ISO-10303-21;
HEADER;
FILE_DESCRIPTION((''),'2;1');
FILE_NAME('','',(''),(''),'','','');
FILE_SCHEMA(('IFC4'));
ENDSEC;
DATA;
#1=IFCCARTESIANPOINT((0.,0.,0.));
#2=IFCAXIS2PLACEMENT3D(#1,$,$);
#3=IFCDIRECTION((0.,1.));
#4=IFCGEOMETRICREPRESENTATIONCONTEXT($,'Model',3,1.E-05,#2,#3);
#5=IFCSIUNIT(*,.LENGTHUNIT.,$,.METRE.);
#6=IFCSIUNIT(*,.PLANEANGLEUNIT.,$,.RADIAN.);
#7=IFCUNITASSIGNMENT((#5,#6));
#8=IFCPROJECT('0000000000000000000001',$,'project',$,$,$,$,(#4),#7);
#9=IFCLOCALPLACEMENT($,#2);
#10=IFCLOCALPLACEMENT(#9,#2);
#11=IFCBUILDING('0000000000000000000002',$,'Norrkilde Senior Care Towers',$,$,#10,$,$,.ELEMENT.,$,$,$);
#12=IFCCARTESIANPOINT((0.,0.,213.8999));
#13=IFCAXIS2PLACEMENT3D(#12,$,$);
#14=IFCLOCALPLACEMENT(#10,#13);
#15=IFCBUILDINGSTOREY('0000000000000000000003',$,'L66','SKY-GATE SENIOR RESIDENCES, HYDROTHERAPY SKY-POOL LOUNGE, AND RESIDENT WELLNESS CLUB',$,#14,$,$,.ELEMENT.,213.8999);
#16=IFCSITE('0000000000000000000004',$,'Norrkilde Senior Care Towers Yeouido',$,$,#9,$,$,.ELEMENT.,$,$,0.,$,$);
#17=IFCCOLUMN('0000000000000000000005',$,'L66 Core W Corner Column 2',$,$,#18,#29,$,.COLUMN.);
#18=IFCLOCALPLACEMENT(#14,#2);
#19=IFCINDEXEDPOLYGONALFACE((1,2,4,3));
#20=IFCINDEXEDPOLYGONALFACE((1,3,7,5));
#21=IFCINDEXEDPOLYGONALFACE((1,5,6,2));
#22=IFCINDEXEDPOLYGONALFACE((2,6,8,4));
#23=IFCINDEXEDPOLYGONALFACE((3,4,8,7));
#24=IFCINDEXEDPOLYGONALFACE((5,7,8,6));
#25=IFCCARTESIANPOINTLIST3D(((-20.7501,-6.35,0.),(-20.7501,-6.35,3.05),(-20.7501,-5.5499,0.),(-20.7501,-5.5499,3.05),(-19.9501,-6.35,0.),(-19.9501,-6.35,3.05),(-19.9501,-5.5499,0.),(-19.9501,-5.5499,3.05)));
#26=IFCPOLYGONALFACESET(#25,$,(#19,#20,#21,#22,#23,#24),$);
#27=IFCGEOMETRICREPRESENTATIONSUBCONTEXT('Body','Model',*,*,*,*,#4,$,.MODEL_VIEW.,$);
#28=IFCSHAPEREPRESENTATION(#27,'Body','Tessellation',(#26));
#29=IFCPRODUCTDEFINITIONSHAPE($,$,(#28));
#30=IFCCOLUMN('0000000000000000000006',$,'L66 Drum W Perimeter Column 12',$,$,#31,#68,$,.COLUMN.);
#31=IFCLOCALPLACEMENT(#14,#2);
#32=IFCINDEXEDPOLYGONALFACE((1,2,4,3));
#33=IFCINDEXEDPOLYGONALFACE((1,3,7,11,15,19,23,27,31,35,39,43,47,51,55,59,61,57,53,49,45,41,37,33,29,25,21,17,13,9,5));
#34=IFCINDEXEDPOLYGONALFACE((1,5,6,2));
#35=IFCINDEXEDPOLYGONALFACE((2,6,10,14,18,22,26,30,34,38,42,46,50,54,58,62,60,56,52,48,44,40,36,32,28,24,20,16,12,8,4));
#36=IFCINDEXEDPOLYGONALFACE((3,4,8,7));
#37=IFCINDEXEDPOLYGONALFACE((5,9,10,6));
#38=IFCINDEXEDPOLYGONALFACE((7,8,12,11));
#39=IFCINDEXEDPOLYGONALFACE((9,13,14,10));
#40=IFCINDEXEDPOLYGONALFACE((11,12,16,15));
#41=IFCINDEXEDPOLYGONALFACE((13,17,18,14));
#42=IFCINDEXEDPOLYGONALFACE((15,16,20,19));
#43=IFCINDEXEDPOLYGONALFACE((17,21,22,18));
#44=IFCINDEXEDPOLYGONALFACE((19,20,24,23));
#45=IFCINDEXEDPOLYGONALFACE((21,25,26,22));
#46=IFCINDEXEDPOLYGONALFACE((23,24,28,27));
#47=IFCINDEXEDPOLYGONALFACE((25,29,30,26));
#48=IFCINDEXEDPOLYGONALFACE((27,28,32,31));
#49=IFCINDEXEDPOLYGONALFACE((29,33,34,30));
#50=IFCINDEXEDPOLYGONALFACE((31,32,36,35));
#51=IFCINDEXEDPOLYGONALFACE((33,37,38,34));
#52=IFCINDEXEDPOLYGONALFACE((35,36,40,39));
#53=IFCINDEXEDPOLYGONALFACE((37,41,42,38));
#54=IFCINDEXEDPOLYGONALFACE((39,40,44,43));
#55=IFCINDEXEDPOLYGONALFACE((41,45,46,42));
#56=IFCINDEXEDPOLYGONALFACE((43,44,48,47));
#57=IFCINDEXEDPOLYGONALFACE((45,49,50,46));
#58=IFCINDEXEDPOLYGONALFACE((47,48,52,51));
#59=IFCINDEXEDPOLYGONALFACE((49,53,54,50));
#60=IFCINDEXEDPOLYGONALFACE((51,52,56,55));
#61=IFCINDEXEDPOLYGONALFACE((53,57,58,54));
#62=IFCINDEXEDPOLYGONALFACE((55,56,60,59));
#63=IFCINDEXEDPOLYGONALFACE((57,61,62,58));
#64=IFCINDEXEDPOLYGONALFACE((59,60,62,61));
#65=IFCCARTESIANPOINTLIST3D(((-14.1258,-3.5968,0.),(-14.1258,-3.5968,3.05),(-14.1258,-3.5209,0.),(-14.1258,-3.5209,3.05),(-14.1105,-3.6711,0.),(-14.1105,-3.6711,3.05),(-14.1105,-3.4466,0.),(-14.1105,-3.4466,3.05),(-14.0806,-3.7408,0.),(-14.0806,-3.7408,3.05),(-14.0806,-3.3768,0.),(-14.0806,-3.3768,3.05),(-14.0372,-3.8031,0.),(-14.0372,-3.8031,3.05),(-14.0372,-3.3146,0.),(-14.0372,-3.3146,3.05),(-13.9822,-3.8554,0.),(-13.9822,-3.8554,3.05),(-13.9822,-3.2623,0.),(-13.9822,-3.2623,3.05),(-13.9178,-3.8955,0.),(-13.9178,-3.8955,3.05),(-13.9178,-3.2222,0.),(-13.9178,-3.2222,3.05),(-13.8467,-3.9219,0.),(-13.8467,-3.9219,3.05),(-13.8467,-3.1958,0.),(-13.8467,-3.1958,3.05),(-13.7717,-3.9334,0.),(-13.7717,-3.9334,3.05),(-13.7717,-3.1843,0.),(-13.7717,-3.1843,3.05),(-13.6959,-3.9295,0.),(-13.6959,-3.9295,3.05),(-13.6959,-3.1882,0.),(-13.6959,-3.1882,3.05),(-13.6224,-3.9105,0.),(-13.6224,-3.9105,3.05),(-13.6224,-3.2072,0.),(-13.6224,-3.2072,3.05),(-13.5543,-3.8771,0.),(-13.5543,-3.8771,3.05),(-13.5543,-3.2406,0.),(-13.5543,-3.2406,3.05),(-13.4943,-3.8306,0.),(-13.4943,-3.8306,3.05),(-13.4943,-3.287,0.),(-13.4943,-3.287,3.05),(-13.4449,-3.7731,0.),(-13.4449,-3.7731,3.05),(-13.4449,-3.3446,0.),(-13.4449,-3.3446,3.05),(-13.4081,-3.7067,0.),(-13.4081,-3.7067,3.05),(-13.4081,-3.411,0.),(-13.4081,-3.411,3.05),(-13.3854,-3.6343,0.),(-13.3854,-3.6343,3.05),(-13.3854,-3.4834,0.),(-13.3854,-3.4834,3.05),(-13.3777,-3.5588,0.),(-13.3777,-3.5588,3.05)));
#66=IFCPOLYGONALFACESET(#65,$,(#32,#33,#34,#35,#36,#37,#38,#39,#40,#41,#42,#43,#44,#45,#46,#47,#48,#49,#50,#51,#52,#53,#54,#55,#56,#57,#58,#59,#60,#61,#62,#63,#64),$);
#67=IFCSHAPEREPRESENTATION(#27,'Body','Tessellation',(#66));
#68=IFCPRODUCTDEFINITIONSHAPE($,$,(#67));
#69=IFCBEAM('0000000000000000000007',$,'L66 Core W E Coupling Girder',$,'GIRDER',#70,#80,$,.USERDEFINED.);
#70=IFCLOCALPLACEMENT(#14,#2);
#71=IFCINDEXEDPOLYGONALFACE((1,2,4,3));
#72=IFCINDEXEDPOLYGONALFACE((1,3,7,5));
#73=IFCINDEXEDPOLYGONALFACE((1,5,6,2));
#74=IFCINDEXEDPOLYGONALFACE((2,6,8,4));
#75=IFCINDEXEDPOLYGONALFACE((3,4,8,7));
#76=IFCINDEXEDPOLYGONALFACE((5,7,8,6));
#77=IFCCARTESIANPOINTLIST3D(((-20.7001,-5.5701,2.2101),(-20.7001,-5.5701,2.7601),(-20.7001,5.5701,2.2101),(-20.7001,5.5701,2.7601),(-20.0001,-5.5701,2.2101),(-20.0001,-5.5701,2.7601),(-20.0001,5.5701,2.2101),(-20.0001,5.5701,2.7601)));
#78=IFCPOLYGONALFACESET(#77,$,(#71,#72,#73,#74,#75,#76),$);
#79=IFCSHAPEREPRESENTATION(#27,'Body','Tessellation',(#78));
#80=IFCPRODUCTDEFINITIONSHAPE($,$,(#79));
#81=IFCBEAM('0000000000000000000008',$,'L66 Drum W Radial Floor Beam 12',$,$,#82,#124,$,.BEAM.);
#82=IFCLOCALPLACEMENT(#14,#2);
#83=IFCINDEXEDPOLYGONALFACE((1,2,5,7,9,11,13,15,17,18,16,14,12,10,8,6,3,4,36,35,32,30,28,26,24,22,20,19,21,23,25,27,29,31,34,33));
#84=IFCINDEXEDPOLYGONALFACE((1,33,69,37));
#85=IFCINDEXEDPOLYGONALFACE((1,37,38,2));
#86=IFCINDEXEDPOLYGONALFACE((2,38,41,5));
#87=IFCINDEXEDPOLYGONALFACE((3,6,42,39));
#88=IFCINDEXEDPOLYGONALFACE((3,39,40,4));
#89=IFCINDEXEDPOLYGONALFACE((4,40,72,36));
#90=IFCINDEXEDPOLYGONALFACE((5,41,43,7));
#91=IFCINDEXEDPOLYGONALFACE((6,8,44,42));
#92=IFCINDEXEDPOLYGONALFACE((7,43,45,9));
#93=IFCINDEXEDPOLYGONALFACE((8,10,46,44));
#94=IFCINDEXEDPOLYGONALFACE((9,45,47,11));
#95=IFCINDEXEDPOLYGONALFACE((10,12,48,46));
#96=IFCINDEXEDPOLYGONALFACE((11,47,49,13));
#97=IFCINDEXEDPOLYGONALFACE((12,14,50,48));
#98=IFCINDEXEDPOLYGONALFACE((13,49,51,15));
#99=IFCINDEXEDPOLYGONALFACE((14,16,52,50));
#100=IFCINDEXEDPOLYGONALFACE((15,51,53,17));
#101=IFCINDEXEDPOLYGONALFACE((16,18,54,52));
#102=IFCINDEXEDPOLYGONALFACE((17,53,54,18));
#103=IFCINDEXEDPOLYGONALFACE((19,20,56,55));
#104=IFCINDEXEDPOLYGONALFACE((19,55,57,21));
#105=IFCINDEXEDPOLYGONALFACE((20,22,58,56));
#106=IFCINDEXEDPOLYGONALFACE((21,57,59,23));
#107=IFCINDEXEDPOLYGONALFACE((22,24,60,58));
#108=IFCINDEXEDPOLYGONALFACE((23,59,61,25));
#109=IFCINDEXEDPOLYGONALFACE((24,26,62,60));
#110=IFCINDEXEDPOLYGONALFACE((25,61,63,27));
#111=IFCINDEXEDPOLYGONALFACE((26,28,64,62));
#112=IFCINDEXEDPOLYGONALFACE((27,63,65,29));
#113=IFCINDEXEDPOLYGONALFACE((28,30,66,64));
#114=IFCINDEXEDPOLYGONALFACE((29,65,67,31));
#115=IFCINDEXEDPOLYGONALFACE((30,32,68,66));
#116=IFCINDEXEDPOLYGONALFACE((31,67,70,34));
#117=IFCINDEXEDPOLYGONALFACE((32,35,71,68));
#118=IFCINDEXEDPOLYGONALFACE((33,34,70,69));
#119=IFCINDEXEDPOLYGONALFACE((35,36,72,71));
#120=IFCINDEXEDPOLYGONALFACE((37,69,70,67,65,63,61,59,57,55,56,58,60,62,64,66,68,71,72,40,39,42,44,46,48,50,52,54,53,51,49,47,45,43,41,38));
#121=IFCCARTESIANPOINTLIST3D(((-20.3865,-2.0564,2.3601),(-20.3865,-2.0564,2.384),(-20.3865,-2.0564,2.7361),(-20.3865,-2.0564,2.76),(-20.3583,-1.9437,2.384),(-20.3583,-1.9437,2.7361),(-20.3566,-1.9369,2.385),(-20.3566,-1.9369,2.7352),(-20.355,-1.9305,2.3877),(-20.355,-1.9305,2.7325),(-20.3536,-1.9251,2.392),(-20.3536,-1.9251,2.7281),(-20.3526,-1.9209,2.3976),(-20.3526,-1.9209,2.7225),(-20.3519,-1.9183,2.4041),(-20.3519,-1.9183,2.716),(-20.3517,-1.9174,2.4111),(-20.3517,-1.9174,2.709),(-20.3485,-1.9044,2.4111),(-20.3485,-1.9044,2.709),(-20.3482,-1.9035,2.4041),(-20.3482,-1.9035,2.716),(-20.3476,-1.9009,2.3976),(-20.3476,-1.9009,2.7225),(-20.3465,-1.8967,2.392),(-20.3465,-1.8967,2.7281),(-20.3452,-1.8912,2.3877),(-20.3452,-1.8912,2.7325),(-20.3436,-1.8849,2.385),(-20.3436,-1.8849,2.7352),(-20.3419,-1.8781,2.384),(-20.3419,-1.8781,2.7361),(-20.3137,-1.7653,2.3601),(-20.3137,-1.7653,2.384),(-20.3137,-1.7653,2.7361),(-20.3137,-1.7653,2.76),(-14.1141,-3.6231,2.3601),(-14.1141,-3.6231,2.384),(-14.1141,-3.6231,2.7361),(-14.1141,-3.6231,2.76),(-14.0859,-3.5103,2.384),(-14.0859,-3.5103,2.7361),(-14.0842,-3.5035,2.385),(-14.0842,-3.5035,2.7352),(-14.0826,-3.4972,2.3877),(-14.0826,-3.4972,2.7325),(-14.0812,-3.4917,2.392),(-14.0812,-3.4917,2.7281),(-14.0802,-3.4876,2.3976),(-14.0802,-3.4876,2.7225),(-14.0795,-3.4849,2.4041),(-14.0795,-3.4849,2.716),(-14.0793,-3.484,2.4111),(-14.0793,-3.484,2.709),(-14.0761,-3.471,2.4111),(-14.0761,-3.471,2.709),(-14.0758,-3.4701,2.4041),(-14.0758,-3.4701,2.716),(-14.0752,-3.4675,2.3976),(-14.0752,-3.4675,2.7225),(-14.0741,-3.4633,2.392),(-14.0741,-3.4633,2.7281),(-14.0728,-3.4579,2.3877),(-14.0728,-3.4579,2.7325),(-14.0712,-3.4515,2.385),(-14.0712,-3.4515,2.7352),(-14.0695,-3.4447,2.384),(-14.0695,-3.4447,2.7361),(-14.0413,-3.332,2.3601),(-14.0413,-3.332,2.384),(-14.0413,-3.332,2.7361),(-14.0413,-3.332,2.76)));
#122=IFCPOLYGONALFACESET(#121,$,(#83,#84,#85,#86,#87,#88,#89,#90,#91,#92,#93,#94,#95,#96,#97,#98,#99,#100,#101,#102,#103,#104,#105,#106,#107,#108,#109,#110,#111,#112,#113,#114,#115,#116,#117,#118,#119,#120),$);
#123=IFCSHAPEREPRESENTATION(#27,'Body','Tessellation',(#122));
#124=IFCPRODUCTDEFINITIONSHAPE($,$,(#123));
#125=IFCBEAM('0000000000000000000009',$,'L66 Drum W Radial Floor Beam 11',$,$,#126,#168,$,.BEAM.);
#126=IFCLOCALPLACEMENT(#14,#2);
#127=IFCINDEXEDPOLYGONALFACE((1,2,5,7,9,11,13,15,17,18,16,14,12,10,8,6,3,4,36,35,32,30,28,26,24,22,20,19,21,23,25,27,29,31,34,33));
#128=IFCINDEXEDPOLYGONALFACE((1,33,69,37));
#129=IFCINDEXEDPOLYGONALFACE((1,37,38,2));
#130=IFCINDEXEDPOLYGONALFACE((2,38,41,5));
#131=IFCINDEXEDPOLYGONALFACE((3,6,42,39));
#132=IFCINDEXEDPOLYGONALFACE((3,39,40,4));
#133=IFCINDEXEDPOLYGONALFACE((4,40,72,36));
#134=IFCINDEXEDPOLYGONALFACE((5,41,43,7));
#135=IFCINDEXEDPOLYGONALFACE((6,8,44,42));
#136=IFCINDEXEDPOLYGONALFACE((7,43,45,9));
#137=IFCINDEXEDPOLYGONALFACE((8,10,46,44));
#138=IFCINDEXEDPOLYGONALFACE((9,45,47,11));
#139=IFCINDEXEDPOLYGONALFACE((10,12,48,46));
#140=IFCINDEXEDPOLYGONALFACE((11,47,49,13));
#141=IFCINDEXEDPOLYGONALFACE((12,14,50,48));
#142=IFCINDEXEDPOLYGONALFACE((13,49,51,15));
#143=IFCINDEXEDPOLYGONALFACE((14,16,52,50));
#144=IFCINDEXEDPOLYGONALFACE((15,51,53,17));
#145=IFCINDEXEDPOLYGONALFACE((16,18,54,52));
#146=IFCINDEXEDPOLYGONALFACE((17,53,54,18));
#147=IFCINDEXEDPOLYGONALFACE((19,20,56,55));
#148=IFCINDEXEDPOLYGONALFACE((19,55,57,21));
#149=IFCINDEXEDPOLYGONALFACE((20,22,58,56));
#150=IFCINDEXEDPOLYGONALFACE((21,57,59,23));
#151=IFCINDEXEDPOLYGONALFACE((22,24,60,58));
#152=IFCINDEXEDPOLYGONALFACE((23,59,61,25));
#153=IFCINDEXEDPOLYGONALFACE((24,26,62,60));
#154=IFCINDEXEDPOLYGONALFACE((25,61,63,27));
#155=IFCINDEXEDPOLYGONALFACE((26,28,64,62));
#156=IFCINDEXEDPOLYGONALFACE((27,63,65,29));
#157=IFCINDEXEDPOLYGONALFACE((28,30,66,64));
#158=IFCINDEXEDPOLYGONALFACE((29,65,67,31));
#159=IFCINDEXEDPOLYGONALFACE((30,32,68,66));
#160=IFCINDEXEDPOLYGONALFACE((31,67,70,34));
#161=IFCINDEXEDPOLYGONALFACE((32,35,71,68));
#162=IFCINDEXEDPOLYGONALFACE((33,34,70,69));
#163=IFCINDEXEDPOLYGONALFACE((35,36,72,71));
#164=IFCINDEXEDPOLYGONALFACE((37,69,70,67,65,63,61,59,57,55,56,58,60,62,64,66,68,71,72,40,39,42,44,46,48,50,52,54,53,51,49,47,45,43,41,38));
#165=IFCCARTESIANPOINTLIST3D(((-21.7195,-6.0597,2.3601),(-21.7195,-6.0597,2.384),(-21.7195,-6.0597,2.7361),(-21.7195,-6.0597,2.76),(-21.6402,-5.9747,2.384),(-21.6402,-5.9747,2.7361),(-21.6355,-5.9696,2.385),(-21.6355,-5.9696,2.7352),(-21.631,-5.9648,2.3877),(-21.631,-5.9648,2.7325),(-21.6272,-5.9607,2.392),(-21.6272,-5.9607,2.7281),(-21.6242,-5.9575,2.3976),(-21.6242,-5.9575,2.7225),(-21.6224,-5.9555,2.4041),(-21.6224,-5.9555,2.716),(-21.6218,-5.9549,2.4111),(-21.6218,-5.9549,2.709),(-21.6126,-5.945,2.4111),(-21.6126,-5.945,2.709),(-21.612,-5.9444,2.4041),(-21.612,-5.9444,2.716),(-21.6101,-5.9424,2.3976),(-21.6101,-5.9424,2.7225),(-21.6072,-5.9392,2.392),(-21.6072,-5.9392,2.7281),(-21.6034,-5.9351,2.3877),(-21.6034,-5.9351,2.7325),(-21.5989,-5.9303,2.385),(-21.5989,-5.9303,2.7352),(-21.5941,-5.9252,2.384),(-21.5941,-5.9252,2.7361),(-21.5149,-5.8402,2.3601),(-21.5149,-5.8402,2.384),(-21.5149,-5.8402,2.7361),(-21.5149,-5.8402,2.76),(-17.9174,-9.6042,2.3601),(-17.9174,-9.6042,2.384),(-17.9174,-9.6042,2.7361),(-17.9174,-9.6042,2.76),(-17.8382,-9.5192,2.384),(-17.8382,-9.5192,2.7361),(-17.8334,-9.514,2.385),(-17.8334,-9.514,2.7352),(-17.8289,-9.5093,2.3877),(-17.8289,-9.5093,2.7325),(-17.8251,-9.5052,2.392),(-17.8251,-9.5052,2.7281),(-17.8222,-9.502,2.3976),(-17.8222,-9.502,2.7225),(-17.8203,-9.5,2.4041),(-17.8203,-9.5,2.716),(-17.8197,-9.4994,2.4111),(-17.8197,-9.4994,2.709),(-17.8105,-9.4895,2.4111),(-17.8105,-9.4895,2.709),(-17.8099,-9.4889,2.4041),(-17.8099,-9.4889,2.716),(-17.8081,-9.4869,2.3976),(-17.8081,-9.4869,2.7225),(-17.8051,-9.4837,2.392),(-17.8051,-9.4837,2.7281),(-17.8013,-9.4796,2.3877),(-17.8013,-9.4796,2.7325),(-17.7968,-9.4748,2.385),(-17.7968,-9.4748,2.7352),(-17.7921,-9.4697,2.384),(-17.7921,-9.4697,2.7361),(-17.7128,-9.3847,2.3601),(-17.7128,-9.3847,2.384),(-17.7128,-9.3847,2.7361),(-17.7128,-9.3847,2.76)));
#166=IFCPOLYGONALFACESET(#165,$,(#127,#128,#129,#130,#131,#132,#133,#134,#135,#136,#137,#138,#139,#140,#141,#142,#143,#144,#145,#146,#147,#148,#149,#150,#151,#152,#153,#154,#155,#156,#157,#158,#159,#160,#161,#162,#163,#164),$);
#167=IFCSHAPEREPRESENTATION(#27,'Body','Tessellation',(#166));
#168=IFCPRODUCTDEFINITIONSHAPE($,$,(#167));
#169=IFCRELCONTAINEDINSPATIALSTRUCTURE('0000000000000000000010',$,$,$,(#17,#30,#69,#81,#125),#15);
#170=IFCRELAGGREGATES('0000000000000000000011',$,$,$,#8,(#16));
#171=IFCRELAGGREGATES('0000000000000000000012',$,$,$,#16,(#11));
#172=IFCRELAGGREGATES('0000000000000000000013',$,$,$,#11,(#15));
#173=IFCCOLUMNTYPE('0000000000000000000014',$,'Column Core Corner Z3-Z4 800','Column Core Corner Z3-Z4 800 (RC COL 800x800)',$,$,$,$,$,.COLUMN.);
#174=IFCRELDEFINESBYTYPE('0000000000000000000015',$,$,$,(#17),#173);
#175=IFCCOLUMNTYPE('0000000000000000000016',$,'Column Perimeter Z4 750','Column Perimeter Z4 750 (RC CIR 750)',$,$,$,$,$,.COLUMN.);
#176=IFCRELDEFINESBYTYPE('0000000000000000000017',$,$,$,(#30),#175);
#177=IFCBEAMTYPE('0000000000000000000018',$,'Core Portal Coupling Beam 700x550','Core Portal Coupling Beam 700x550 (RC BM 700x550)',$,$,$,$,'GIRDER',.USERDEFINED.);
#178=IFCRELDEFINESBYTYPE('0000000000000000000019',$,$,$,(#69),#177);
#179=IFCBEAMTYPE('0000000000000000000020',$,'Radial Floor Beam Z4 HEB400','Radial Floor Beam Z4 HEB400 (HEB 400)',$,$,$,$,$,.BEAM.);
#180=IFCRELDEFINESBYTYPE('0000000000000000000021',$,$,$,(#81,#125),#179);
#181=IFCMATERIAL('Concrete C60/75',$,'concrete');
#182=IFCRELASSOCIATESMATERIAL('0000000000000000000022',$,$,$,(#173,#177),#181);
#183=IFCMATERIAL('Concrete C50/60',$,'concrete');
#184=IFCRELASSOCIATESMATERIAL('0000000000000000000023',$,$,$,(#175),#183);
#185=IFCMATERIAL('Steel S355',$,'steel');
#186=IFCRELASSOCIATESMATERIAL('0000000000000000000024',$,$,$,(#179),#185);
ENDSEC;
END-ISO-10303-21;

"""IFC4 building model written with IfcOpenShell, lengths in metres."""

from ifc_helpers import new_model, si_unit, direction, frame, origin, origin_2d, place, context, subcontext, project, spatial, rectangle, circle, i_section, extrude, source, transform, mapped, material, material_profile, profile_set, type_object, type_shapes, element, save


model = new_model("IFC4")

# Units and contexts
model_context = context("Model", 3, precision=1e-05, world=origin(), true_north=direction((0.0, 1.0)))
body_context = subcontext(model_context, "Body", "Model", "MODEL_VIEW")
ifc_project = project(units=[si_unit("LENGTHUNIT", "METRE"), si_unit("PLANEANGLEUNIT", "RADIAN")], contexts=[model_context])

# Site, building, storey
site_placement = place(None, origin())
site = spatial("IfcSite", under=ifc_project, at=site_placement, Name="Norrkilde Senior Care Towers Yeouido", CompositionType="ELEMENT", RefElevation=0.0)
building_placement = place(site_placement, origin())
building = spatial("IfcBuilding", under=site, at=building_placement, Name="Norrkilde Senior Care Towers", CompositionType="ELEMENT")
storey_placement = place(building_placement, frame((0.0, 0.0, 213.8999)))
storey = spatial("IfcBuildingStorey", under=building, at=storey_placement, Name="L66", Description="SKY-GATE SENIOR RESIDENCES, HYDROTHERAPY SKY-POOL LOUNGE, AND RESIDENT WELLNESS CLUB", CompositionType="ELEMENT", Elevation=213.8999)

# Columns
ifc_material_1 = material(Name="Concrete C60/75", Category="concrete")
ifc_material_profile_1 = material_profile(ifc_material_1, rectangle(XDim=0.8, YDim=0.8, at=origin_2d()), Name="RC COL 800x800")
ifc_profile_set_1 = profile_set([ifc_material_profile_1], Name="Concrete C60/75")
column_type_1 = type_object("IfcColumnType", Name="Column Core Corner Z3-Z4 800", Description="Column Core Corner Z3-Z4 800 (RC COL 800x800)", PredefinedType="COLUMN", material=ifc_profile_set_1)
shared_shape_1 = source(origin(), body_context, "Body", "SweptSolid", [
    extrude(rectangle(XDim=0.8, YDim=0.8, at=origin_2d()), origin(), (0.0, 0.0, 1.0), 3.05),
])
type_shapes(column_type_1, [shared_shape_1])
column_1_placement = place(storey_placement, frame((-20.3501, -5.95, 0.0), z_axis=(0.0, 0.0, 1.0), x_axis=(1.0, 0.0, 0.0)))
element("IfcColumn", 1, at=column_1_placement, inside=storey, type_object=column_type_1, Name="L66 Core W Corner Column 2", PredefinedType="COLUMN", context=body_context, shape_type="MappedRepresentation", body=[
    mapped(shared_shape_1, transform((0.0, 0.0, 0.0), x_axis=(1.0, 0.0, 0.0), y_axis=(0.0, 1.0, 0.0), z_axis=(0.0, 0.0, 1.0), scale=1.0)),
])
ifc_material_2 = material(Name="Concrete C50/60", Category="concrete")
ifc_material_profile_2 = material_profile(ifc_material_2, circle(Radius=0.375, at=origin_2d()), Name="RC CIR 750")
ifc_profile_set_2 = profile_set([ifc_material_profile_2], Name="Concrete C50/60")
column_type_2 = type_object("IfcColumnType", Name="Column Perimeter Z4 750", Description="Column Perimeter Z4 750 (RC CIR 750)", PredefinedType="COLUMN", material=ifc_profile_set_2)
shared_shape_2 = source(origin(), body_context, "Body", "SweptSolid", [
    extrude(circle(Radius=0.375, at=origin_2d()), origin(), (0.0, 0.0, 1.0), 3.05),
])
type_shapes(column_type_2, [shared_shape_2])
column_2_placement = place(storey_placement, frame((-13.7527, -3.5588, 0.0), z_axis=(0.0, 0.0, 1.0), x_axis=(1.0, 0.0, 0.0)))
element("IfcColumn", 2, at=column_2_placement, inside=storey, type_object=column_type_2, Name="L66 Drum W Perimeter Column 12", PredefinedType="COLUMN", context=body_context, shape_type="MappedRepresentation", body=[
    mapped(shared_shape_2, transform((0.0, 0.0, 0.0), x_axis=(1.0, 0.0, 0.0), y_axis=(0.0, 1.0, 0.0), z_axis=(0.0, 0.0, 1.0), scale=1.0)),
])

# Beams
ifc_material_profile_3 = material_profile(ifc_material_1, rectangle(XDim=0.7, YDim=0.55, at=origin_2d()), Name="RC BM 700x550")
ifc_profile_set_3 = profile_set([ifc_material_profile_3], Name="Concrete C60/75")
beam_type_1 = type_object("IfcBeamType", Name="Core Portal Coupling Beam 700x550", Description="Core Portal Coupling Beam 700x550 (RC BM 700x550)", ElementType="GIRDER", PredefinedType="USERDEFINED", material=ifc_profile_set_3)
shared_shape_3 = source(origin(), body_context, "Body", "SweptSolid", [
    extrude(rectangle(XDim=0.7, YDim=0.55, at=origin_2d()), origin(), (0.0, 0.0, 1.0), 11.1401),
])
type_shapes(beam_type_1, [shared_shape_3])
beam_1_placement = place(storey_placement, frame((-20.3501, -5.5701, 2.4851), z_axis=(0.0, 1.0, 0.0), x_axis=(-1.0, 0.0, 0.0)))
element("IfcBeam", 3, at=beam_1_placement, inside=storey, type_object=beam_type_1, Name="L66 Core W E Coupling Girder", ObjectType="GIRDER", PredefinedType="USERDEFINED", context=body_context, shape_type="MappedRepresentation", body=[
    mapped(shared_shape_3, transform((0.0, 0.0, 0.0), x_axis=(1.0, 0.0, 0.0), y_axis=(0.0, 1.0, 0.0), z_axis=(0.0, 0.0, 1.0), scale=1.0)),
])
ifc_material_3 = material(Name="Steel S355", Category="steel")
ifc_material_profile_4 = material_profile(ifc_material_3, i_section(OverallWidth=0.3, OverallDepth=0.3999, WebThickness=0.0134, FlangeThickness=0.0239, FilletRadius=0.0271, at=origin_2d()), Name="HEB 400")
ifc_profile_set_4 = profile_set([ifc_material_profile_4], Name="Steel S355")
beam_type_2 = type_object("IfcBeamType", Name="Radial Floor Beam Z4 HEB400", Description="Radial Floor Beam Z4 HEB400 (HEB 400)", PredefinedType="BEAM", material=ifc_profile_set_4)
shared_shape_4 = source(origin(), body_context, "Body", "SweptSolid", [
    extrude(i_section(OverallWidth=0.3, OverallDepth=0.3999, WebThickness=0.0134, FlangeThickness=0.0239, FilletRadius=0.0271, at=origin_2d()), origin(), (0.0, 0.0, 1.0), 6.4651),
])
beam_2_placement = place(storey_placement, frame((-20.3501, -1.9109, 2.5601), z_axis=(0.970196, -0.242322, 0.0), x_axis=(0.242322, 0.970196, 0.0)))
element("IfcBeam", 4, at=beam_2_placement, inside=storey, type_object=beam_type_2, Name="L66 Drum W Radial Floor Beam 12", PredefinedType="BEAM", context=body_context, shape_type="MappedRepresentation", body=[
    mapped(shared_shape_4, transform((0.0, 0.0, 0.0), x_axis=(1.0, 0.0, 0.0), y_axis=(0.0, 1.0, 0.0), z_axis=(0.0, 0.0, 1.0), scale=1.0)),
])
shared_shape_5 = source(origin(), body_context, "Body", "SweptSolid", [
    extrude(i_section(OverallWidth=0.3, OverallDepth=0.3999, WebThickness=0.0134, FlangeThickness=0.0239, FilletRadius=0.0271, at=origin_2d()), origin(), (0.0, 0.0, 1.0), 5.198),
])
beam_3_placement = place(storey_placement, frame((-21.6172, -5.95, 2.5601), z_axis=(0.731449, -0.681896, 0.0), x_axis=(0.681896, 0.731449, 0.0)))
element("IfcBeam", 5, at=beam_3_placement, inside=storey, type_object=beam_type_2, Name="L66 Drum W Radial Floor Beam 11", PredefinedType="BEAM", context=body_context, shape_type="MappedRepresentation", body=[
    mapped(shared_shape_5, transform((0.0, 0.0, 0.0), x_axis=(1.0, 0.0, 0.0), y_axis=(0.0, 1.0, 0.0), z_axis=(0.0, 0.0, 1.0), scale=1.0)),
])

save(model, "model.ifc")
